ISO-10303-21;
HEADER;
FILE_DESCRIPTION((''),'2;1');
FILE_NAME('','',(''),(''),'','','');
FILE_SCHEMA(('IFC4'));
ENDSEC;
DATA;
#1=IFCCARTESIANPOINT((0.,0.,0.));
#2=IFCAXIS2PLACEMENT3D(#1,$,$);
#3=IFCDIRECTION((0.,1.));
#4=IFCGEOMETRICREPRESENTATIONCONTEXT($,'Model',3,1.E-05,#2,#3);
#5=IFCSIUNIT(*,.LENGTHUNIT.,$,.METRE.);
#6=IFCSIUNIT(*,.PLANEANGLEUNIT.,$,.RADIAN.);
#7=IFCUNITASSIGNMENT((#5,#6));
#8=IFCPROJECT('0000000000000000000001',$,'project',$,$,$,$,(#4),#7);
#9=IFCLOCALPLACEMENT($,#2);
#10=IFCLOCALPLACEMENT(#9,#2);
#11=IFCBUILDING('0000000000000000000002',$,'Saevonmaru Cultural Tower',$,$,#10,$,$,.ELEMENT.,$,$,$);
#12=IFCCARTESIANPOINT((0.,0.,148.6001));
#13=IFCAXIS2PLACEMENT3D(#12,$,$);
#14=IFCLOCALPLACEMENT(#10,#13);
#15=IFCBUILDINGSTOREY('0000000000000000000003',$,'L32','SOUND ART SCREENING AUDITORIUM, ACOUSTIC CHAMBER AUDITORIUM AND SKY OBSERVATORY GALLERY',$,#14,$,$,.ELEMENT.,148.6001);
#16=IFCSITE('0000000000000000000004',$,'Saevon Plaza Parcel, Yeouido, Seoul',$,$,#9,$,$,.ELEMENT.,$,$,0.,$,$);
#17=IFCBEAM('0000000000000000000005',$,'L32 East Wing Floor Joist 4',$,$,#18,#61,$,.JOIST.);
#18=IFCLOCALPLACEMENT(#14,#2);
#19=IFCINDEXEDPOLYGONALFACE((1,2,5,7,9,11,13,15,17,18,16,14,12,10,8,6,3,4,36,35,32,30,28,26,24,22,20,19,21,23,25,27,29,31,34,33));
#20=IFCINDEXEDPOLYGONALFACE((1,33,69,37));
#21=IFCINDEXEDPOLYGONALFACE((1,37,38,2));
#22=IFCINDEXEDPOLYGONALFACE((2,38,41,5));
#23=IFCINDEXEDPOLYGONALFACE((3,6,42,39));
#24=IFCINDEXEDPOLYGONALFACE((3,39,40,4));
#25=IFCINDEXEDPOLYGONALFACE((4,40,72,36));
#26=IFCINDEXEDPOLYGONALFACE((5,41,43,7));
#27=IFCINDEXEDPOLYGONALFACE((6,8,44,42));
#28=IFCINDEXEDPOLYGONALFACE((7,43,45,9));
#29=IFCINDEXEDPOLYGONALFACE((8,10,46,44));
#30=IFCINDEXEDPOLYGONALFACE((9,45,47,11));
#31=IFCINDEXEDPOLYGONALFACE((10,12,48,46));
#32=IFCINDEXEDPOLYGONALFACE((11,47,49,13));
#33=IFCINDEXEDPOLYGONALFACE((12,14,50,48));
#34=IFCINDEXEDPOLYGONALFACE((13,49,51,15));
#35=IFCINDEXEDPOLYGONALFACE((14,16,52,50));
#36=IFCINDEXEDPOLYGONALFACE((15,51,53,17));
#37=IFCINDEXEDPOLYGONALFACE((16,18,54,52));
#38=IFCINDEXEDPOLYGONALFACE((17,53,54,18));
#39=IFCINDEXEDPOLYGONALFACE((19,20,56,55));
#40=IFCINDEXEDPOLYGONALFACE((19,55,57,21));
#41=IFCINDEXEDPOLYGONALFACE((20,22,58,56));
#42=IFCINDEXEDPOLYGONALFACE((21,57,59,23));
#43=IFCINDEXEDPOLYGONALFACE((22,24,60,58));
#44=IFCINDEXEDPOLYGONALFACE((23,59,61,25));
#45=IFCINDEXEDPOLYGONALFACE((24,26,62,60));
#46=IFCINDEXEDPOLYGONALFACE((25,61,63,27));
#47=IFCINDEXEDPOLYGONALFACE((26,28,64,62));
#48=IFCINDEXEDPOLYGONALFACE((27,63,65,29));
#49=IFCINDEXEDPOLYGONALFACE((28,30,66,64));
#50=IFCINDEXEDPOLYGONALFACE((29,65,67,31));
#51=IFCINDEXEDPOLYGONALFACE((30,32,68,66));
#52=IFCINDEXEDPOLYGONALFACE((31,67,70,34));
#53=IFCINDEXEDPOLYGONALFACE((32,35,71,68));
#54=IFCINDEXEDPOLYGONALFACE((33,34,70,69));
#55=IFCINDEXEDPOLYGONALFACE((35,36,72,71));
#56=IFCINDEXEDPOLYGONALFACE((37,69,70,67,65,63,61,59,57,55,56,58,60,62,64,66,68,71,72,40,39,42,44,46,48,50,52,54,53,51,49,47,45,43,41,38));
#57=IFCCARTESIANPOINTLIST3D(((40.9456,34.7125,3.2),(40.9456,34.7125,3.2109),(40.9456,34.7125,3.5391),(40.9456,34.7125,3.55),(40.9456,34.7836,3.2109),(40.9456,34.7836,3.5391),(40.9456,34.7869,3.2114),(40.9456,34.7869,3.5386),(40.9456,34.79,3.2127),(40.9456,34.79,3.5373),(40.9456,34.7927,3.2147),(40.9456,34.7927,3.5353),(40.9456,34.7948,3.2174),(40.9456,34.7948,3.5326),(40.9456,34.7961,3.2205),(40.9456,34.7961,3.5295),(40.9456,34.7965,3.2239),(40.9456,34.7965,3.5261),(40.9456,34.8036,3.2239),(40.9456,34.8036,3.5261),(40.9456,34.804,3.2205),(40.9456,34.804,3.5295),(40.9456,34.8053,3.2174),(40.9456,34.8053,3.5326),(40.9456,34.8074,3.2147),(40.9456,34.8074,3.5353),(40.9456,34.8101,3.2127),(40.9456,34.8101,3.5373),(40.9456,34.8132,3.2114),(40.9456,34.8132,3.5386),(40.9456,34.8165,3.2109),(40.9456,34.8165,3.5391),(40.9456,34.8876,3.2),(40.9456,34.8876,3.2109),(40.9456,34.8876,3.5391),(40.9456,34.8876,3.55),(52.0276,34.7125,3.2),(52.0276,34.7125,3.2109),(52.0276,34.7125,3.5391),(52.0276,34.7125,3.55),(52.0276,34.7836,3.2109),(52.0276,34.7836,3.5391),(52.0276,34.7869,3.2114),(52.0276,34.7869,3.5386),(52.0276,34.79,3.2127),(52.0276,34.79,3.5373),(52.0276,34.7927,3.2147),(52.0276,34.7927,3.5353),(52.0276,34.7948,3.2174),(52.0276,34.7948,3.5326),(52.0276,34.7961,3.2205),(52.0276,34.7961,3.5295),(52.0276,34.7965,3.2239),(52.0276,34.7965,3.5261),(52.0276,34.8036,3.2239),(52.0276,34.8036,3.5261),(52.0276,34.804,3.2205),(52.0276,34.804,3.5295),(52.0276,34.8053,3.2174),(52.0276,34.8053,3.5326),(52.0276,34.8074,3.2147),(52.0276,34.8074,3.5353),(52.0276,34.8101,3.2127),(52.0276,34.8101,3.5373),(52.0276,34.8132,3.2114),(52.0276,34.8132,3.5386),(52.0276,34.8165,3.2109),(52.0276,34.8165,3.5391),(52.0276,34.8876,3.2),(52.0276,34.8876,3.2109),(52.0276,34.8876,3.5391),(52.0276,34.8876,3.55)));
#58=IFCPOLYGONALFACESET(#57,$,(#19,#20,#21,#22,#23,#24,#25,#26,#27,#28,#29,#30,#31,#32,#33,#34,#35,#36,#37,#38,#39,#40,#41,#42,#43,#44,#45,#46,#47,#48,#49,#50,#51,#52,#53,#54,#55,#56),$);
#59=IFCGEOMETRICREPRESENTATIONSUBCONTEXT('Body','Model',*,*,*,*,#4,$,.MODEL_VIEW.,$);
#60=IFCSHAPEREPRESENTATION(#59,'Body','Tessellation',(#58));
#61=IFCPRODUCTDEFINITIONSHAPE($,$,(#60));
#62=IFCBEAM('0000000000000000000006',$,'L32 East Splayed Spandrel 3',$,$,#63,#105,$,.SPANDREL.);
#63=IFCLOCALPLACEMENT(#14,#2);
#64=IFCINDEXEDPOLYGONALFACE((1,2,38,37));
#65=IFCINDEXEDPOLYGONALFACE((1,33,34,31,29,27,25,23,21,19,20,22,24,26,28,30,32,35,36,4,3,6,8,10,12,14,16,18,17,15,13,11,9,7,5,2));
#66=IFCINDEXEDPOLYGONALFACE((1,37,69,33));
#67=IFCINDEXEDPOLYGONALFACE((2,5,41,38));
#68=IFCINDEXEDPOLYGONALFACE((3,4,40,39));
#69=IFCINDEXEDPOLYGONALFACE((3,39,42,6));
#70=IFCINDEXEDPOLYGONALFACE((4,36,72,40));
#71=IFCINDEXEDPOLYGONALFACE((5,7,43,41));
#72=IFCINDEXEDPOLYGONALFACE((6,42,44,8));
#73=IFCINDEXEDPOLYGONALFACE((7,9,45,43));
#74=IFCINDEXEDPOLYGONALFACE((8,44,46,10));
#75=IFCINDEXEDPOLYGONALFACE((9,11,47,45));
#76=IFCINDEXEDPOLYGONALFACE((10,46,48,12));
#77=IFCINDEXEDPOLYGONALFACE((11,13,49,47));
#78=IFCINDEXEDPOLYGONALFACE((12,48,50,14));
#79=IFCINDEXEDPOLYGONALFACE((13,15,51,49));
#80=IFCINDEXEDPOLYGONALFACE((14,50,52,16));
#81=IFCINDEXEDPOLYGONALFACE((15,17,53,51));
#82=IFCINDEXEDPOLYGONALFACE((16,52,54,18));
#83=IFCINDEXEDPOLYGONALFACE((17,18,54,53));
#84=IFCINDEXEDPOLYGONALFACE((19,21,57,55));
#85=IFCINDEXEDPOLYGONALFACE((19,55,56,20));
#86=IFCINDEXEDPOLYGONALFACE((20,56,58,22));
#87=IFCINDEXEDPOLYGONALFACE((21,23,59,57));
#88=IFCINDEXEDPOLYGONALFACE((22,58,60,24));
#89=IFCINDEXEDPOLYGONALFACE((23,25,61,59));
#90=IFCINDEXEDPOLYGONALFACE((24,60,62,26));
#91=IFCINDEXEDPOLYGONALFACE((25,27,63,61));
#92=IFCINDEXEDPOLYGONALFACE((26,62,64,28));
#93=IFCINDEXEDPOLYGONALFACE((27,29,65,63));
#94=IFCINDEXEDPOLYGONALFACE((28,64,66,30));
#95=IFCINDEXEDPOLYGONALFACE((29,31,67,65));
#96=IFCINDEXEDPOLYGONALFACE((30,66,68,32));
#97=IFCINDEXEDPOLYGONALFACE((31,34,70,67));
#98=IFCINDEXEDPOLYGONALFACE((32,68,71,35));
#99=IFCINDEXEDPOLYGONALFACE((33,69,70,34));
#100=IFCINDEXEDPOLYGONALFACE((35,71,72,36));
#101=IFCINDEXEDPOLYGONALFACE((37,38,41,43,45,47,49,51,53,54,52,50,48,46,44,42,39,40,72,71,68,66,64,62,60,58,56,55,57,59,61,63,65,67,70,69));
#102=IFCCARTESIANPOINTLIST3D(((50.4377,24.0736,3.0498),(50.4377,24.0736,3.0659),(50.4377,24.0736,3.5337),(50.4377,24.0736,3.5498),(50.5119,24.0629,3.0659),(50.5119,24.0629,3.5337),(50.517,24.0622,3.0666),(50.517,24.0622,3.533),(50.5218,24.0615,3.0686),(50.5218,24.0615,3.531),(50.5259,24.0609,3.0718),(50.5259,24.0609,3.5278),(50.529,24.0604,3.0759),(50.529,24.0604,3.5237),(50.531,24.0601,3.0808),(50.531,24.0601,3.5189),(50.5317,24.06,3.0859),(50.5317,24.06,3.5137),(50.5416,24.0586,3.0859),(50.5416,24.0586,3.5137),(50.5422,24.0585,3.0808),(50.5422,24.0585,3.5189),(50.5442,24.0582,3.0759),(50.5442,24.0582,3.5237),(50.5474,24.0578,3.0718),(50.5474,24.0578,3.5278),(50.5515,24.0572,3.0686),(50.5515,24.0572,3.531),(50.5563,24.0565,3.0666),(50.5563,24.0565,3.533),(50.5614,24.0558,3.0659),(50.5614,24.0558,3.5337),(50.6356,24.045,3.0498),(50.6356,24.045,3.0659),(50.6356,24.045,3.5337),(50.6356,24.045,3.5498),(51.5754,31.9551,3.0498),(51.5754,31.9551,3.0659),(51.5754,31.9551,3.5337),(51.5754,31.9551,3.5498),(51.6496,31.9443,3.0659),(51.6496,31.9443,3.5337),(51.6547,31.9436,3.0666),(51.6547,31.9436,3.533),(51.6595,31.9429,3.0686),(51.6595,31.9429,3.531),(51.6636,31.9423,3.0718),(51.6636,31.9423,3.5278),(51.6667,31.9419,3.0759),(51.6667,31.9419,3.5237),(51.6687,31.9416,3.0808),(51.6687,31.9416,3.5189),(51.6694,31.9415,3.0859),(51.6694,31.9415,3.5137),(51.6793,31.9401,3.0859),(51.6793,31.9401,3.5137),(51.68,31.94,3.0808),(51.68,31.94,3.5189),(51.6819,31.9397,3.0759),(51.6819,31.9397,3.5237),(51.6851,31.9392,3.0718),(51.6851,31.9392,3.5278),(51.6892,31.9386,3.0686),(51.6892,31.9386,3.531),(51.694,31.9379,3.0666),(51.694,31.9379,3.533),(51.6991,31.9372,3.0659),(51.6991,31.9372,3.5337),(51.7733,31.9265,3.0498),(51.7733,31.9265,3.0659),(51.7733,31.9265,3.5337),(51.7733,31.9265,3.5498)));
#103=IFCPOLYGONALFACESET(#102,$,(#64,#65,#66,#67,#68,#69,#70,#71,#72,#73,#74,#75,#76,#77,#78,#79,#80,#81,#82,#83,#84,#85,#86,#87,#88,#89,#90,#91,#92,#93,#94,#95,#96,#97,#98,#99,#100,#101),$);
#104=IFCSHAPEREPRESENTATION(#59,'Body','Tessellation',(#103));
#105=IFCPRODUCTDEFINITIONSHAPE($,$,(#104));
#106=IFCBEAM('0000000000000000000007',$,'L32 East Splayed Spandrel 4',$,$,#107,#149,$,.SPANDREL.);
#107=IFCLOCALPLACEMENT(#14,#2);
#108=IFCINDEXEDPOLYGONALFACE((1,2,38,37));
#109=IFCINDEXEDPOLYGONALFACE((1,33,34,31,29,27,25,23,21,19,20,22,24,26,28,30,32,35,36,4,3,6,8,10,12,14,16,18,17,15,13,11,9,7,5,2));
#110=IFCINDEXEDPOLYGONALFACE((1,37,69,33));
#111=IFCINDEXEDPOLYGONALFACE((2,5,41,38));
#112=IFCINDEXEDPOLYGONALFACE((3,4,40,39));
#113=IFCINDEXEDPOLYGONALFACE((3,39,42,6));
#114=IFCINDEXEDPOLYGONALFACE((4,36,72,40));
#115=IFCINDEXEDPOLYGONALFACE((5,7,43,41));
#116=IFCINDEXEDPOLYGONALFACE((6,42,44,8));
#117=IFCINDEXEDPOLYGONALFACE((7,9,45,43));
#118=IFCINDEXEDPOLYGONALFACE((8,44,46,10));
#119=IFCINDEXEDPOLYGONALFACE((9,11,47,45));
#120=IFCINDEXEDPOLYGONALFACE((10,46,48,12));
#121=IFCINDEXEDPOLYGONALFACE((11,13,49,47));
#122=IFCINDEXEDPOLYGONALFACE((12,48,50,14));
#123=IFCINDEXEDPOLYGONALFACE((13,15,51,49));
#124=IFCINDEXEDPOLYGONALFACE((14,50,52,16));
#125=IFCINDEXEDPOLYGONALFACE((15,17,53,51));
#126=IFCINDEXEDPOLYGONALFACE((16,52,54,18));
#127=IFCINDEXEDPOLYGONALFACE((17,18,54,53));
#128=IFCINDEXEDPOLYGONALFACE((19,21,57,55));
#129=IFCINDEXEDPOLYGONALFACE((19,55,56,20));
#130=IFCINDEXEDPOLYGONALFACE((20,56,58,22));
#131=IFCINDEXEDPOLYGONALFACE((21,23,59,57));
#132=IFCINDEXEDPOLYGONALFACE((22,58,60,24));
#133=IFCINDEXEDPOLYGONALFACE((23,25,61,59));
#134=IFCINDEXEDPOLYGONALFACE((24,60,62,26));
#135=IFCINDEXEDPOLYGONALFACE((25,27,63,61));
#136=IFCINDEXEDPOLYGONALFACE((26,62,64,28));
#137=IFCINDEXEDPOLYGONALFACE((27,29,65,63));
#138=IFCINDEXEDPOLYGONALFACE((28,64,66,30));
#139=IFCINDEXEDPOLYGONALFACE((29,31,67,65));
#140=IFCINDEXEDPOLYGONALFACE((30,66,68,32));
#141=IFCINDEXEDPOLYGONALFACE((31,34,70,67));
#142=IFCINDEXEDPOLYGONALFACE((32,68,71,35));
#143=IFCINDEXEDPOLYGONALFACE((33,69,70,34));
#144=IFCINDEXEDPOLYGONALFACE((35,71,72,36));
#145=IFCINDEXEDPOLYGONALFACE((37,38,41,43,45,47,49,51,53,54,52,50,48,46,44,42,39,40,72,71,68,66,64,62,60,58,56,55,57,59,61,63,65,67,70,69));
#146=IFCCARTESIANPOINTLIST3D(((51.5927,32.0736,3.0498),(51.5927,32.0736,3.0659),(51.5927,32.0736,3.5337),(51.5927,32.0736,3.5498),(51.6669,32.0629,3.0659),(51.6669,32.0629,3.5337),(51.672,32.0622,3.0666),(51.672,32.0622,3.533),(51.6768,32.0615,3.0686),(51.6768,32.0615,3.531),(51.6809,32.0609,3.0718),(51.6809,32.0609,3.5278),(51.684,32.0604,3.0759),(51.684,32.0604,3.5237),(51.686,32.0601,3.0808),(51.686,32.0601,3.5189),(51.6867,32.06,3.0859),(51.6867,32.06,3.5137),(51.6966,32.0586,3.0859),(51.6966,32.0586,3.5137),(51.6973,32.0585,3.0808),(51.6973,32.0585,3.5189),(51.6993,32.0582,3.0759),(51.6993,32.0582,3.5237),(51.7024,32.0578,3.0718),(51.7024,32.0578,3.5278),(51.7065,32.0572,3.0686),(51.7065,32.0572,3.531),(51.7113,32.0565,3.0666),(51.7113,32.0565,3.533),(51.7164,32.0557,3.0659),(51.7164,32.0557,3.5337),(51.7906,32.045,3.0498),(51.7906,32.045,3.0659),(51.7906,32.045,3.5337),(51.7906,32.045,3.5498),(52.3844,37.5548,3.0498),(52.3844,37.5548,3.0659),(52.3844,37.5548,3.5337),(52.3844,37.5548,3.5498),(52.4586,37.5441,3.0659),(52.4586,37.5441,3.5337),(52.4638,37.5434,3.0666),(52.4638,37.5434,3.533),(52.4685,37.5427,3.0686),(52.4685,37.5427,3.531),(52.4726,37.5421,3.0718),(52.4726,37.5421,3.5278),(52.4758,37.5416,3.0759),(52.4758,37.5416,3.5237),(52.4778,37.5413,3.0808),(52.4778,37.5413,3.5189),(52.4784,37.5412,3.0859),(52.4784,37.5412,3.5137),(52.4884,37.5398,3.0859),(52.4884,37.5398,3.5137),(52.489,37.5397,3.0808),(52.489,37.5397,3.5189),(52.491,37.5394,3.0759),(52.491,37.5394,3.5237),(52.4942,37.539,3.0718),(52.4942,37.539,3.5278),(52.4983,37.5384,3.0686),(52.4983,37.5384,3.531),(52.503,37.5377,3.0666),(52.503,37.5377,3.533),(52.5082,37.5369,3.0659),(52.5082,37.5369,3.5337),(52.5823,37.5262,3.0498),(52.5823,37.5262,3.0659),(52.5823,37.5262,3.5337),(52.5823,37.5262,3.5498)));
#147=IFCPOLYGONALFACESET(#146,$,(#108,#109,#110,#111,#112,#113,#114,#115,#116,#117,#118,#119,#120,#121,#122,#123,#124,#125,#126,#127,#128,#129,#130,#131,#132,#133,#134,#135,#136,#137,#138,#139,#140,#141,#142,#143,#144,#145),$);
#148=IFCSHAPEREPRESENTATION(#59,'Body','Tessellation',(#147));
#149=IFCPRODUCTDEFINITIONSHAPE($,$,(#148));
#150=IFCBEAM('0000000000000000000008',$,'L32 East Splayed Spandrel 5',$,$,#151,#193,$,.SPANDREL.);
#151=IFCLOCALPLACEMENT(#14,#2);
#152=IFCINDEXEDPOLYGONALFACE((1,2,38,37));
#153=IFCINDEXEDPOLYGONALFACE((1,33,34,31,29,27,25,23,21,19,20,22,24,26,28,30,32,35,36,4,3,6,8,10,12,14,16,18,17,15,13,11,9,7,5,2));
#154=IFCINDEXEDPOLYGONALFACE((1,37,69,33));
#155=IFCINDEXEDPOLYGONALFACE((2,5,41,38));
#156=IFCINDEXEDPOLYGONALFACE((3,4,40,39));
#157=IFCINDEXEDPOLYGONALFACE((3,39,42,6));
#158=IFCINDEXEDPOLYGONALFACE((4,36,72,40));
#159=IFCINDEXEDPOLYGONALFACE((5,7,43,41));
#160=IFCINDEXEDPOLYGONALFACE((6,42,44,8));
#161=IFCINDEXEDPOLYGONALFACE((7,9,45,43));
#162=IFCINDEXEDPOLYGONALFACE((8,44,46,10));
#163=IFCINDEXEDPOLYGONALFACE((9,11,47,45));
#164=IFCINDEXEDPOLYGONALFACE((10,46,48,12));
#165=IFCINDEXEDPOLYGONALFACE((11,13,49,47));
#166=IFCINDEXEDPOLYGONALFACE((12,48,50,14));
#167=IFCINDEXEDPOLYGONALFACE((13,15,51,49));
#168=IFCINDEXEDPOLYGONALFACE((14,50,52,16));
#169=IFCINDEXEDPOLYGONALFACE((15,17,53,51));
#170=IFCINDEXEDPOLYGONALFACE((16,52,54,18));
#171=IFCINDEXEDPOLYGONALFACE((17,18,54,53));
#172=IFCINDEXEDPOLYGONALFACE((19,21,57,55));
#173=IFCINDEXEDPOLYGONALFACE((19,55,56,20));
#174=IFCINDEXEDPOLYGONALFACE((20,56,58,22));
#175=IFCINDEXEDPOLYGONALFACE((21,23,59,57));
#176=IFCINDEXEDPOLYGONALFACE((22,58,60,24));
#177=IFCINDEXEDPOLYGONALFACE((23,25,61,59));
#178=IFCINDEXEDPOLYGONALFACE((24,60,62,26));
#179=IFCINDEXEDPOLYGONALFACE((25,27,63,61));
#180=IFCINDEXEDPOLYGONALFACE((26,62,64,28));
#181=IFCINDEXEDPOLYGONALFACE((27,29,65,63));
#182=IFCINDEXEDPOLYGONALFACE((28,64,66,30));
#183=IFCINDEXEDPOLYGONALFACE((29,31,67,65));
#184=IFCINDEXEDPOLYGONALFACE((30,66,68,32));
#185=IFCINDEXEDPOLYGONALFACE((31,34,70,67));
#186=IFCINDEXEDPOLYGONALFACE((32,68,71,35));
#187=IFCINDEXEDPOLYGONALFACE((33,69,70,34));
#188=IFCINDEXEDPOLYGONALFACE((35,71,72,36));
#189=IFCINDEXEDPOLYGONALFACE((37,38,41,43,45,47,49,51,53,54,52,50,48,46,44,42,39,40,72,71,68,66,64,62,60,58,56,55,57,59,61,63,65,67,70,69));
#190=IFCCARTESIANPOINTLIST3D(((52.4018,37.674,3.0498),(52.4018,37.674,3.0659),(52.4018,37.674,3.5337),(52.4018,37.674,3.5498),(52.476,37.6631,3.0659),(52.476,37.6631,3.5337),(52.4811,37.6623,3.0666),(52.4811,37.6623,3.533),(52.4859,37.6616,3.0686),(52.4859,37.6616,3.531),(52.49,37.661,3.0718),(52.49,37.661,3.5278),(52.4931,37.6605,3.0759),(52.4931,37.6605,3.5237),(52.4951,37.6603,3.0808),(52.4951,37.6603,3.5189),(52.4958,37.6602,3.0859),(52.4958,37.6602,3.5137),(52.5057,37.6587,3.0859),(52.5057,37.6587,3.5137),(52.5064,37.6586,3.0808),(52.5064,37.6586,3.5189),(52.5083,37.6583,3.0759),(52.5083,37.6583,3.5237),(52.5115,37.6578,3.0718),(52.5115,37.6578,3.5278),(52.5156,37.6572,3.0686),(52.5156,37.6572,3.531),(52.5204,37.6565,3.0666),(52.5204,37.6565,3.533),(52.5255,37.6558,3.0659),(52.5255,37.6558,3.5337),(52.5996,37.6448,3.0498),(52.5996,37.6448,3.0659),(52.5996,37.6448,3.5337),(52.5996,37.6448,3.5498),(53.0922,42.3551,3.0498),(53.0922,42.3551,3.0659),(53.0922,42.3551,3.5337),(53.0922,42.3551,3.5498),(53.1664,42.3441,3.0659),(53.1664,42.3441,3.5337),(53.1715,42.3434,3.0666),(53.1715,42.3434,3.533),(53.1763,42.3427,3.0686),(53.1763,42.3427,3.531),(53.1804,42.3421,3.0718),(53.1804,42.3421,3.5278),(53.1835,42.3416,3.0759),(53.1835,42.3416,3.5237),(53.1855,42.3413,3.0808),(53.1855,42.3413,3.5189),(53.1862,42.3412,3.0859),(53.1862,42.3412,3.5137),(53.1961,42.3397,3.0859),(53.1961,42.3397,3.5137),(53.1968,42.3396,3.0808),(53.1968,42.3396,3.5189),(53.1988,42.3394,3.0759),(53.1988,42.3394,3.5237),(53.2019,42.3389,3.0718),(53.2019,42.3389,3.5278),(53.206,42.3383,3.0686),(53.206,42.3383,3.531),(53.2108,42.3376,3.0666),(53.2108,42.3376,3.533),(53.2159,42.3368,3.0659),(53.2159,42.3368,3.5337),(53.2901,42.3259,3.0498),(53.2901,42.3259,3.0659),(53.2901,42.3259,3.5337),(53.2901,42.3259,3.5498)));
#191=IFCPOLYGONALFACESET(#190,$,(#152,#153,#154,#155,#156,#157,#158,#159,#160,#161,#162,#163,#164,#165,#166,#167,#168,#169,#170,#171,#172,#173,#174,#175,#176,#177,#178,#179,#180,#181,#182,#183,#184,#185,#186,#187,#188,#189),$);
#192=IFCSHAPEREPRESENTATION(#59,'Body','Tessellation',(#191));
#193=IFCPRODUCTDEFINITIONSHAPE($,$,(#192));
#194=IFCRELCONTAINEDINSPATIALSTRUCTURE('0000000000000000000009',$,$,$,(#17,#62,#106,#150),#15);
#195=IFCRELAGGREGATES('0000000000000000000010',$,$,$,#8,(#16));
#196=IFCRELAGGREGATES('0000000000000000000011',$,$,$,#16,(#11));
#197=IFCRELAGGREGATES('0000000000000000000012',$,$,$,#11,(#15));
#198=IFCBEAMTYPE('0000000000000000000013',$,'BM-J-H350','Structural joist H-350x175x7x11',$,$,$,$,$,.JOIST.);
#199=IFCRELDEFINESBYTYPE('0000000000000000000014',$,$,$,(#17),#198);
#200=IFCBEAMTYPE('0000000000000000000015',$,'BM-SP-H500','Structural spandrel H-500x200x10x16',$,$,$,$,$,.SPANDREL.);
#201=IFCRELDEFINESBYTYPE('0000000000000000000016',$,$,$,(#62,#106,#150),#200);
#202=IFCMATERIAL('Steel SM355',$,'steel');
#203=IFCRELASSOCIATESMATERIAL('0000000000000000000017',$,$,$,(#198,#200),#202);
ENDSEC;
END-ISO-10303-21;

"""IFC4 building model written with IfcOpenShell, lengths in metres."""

from ifc_helpers import new_model, si_unit, direction, frame, origin, origin_2d, place, context, subcontext, project, spatial, i_section, extrude, material, material_profile, profile_set, type_object, element, save


model = new_model("IFC4")

# Units and contexts
model_context = context("Model", 3, precision=1e-05, world=origin(), true_north=direction((0.0, 1.0)))
body_context = subcontext(model_context, "Body", "Model", "MODEL_VIEW")
ifc_project = project(units=[si_unit("LENGTHUNIT", "METRE"), si_unit("PLANEANGLEUNIT", "RADIAN")], contexts=[model_context])

# Site, building, storey
site_placement = place(None, origin())
site = spatial("IfcSite", under=ifc_project, at=site_placement, Name="Saevon Plaza Parcel, Yeouido, Seoul", CompositionType="ELEMENT", RefElevation=0.0)
building_placement = place(site_placement, origin())
building = spatial("IfcBuilding", under=site, at=building_placement, Name="Saevonmaru Cultural Tower", CompositionType="ELEMENT")
storey_placement = place(building_placement, frame((0.0, 0.0, 148.6001)))
storey = spatial("IfcBuildingStorey", under=building, at=storey_placement, Name="L32", Description="SOUND ART SCREENING AUDITORIUM, ACOUSTIC CHAMBER AUDITORIUM AND SKY OBSERVATORY GALLERY", CompositionType="ELEMENT", Elevation=148.6001)

# Shared definitions
ifc_material_1 = material(Name="Steel SM355", Category="steel")

# Beams
ifc_material_profile_1 = material_profile(ifc_material_1, i_section(OverallWidth=0.175, OverallDepth=0.3501, WebThickness=0.0071, FlangeThickness=0.011, FilletRadius=0.0129, at=origin_2d()), Name="H-350x175x7x11")
ifc_profile_set_1 = profile_set([ifc_material_profile_1], Name="Steel SM355")
beam_type_1 = type_object("IfcBeamType", Name="BM-J-H350", Description="Structural joist H-350x175x7x11", PredefinedType="JOIST", material=ifc_profile_set_1)
beam_1_placement = place(storey_placement, frame((40.9456, 34.8, 3.375), z_axis=(1.0, 0.0, 0.0), x_axis=(0.0, 1.0, 0.0)))
element("IfcBeam", 1, at=beam_1_placement, inside=storey, type_object=beam_type_1, Name="L32 East Wing Floor Joist 4", PredefinedType="JOIST", context=body_context, shape_type="SweptSolid", body=[
    extrude(i_section(OverallWidth=0.175, OverallDepth=0.3501, WebThickness=0.0071, FlangeThickness=0.011, FilletRadius=0.0129, at=origin_2d()), origin(), (0.0, 0.0, 1.0), 11.082),
])
ifc_material_profile_2 = material_profile(ifc_material_1, i_section(OverallWidth=0.2, OverallDepth=0.5, WebThickness=0.01, FlangeThickness=0.0161, FilletRadius=0.02, at=origin_2d()), Name="H-500x200x10x16")
ifc_profile_set_2 = profile_set([ifc_material_profile_2], Name="Steel SM355")
beam_type_2 = type_object("IfcBeamType", Name="BM-SP-H500", Description="Structural spandrel H-500x200x10x16", PredefinedType="SPANDREL", material=ifc_profile_set_2)
beam_2_placement = place(storey_placement, frame((50.5366, 24.0593, 3.2998), z_axis=(0.142872, 0.989741, 0.0), x_axis=(-0.989741, 0.142872, 0.0)))
element("IfcBeam", 2, at=beam_2_placement, inside=storey, type_object=beam_type_2, Name="L32 East Splayed Spandrel 3", PredefinedType="SPANDREL", context=body_context, shape_type="SweptSolid", body=[
    extrude(i_section(OverallWidth=0.2, OverallDepth=0.5, WebThickness=0.01, FlangeThickness=0.0161, FilletRadius=0.02, at=origin_2d()), origin(), (0.0, 0.0, 1.0), 7.9631),
])
beam_3_placement = place(storey_placement, frame((51.6917, 32.0593, 3.2998), z_axis=(0.142964, 0.989728, 0.0), x_axis=(-0.989728, 0.142964, 0.0)))
element("IfcBeam", 3, at=beam_3_placement, inside=storey, type_object=beam_type_2, Name="L32 East Splayed Spandrel 4", PredefinedType="SPANDREL", context=body_context, shape_type="SweptSolid", body=[
    extrude(i_section(OverallWidth=0.2, OverallDepth=0.5, WebThickness=0.01, FlangeThickness=0.0161, FilletRadius=0.02, at=origin_2d()), origin(), (0.0, 0.0, 1.0), 5.5381),
])
beam_4_placement = place(storey_placement, frame((52.5007, 37.6594, 3.2998), z_axis=(0.145913, 0.989297, 0.0), x_axis=(-0.989297, 0.145913, 0.0)))
element("IfcBeam", 4, at=beam_4_placement, inside=storey, type_object=beam_type_2, Name="L32 East Splayed Spandrel 5", PredefinedType="SPANDREL", context=body_context, shape_type="SweptSolid", body=[
    extrude(i_section(OverallWidth=0.2, OverallDepth=0.5, WebThickness=0.01, FlangeThickness=0.0161, FilletRadius=0.02, at=origin_2d()), origin(), (0.0, 0.0, 1.0), 4.7317),
])

save(model, "model.ifc")
